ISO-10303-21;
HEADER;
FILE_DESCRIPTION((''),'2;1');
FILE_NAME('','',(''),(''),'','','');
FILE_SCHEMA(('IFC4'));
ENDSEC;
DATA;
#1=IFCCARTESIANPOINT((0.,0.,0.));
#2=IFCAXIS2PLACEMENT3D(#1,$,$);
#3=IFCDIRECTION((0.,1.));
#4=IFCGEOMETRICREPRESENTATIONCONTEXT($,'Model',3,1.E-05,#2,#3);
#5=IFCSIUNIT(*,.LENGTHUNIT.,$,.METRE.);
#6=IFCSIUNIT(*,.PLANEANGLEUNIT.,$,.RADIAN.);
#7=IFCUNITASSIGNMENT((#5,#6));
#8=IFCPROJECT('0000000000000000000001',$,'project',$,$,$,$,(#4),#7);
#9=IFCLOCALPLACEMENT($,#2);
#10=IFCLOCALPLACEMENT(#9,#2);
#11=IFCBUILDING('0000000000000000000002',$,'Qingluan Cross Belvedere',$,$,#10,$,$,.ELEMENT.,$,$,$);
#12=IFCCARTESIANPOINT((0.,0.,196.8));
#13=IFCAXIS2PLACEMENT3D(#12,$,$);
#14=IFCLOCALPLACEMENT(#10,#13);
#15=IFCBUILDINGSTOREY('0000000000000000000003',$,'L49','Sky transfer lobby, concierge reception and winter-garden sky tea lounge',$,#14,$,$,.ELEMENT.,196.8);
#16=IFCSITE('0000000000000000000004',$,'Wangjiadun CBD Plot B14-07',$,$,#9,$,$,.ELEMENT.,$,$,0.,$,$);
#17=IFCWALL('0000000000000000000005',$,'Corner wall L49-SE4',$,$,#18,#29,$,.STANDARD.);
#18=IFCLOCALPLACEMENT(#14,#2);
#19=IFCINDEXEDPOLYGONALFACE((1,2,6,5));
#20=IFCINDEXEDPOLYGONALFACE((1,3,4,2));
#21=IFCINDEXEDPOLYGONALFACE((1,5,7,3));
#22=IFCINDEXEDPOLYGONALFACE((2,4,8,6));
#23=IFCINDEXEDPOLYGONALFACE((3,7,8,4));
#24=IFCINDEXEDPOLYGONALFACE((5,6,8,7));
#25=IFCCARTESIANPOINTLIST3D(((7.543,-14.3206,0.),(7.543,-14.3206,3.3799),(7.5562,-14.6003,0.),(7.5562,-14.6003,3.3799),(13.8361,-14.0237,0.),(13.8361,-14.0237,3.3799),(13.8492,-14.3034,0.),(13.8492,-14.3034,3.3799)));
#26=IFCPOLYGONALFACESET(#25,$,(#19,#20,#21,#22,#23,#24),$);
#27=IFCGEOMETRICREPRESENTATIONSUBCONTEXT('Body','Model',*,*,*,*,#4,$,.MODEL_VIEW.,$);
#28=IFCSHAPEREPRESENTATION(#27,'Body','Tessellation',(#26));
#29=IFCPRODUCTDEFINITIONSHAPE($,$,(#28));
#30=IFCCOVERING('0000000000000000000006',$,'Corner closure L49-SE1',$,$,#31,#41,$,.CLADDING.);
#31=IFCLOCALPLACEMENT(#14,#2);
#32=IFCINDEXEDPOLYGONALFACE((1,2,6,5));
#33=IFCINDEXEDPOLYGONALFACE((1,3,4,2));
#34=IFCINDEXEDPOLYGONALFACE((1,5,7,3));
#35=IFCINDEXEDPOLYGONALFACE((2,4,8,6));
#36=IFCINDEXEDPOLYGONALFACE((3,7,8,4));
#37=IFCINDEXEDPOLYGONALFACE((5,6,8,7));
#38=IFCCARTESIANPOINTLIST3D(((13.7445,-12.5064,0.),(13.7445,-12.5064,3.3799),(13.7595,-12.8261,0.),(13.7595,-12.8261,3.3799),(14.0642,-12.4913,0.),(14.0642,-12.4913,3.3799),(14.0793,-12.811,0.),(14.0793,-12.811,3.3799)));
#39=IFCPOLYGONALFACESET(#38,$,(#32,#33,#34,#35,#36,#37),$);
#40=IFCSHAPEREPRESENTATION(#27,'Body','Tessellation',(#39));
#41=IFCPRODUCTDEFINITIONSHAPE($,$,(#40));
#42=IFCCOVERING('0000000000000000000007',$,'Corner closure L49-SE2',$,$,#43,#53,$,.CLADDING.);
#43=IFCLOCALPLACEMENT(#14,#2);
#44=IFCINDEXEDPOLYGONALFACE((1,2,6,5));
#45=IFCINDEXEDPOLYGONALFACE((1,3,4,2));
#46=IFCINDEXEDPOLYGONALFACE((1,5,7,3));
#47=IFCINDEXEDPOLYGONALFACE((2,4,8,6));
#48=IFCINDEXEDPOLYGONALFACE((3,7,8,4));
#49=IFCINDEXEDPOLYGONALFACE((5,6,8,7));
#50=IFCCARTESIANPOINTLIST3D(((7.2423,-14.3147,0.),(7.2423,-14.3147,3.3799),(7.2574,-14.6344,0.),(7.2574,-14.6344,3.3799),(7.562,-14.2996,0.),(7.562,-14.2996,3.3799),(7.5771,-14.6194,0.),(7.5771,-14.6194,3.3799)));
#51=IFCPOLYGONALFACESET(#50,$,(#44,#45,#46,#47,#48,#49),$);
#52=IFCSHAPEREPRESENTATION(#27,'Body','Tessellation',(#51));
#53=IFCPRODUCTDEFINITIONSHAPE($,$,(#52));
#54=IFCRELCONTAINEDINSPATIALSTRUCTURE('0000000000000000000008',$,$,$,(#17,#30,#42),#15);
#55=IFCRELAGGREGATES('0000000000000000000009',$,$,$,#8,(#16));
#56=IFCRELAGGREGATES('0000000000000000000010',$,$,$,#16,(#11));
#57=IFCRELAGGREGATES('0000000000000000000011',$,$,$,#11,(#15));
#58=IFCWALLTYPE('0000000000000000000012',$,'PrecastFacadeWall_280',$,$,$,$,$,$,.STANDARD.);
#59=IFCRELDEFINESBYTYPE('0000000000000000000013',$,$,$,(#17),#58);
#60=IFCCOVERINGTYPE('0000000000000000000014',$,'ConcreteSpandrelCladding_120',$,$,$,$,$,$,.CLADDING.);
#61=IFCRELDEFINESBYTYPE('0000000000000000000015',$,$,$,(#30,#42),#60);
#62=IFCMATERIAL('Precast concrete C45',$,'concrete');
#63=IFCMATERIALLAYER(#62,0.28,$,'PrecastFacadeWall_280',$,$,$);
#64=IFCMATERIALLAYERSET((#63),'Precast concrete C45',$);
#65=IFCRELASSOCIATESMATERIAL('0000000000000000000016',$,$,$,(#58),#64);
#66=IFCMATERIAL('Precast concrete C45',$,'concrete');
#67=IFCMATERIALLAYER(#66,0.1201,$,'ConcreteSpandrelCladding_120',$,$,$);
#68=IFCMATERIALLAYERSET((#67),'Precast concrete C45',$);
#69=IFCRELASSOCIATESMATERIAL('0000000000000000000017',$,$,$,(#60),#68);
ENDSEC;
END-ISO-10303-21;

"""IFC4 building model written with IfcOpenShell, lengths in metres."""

from ifc_helpers import new_model, si_unit, direction, frame, frame_2d, origin, origin_2d, place, context, subcontext, project, spatial, rectangle, extrude, material, layer, layer_set, type_object, element, save


model = new_model("IFC4")

# Units and contexts
model_context = context("Model", 3, precision=1e-05, world=origin(), true_north=direction((0.0, 1.0)))
body_context = subcontext(model_context, "Body", "Model", "MODEL_VIEW")
ifc_project = project(units=[si_unit("LENGTHUNIT", "METRE"), si_unit("PLANEANGLEUNIT", "RADIAN")], contexts=[model_context])

# Site, building, storey
site_placement = place(None, origin())
site = spatial("IfcSite", under=ifc_project, at=site_placement, Name="Wangjiadun CBD Plot B14-07", CompositionType="ELEMENT", RefElevation=0.0)
building_placement = place(site_placement, origin())
building = spatial("IfcBuilding", under=site, at=building_placement, Name="Qingluan Cross Belvedere", CompositionType="ELEMENT")
storey_placement = place(building_placement, frame((0.0, 0.0, 196.8)))
storey = spatial("IfcBuildingStorey", under=building, at=storey_placement, Name="L49", Description="Sky transfer lobby, concierge reception and winter-garden sky tea lounge", CompositionType="ELEMENT", Elevation=196.8)

# Wall
ifc_material_1 = material(Name="Precast concrete C45", Category="concrete")
ifc_layer_1 = layer(ifc_material_1, 0.28, Name="PrecastFacadeWall_280")
ifc_layer_set_1 = layer_set([ifc_layer_1], Name="Precast concrete C45")
wall_type_1 = type_object("IfcWallType", Name="PrecastFacadeWall_280", PredefinedType="STANDARD", material=ifc_layer_set_1)
wall_1_placement = place(storey_placement, frame((13.8425, -14.1636, 0.0), z_axis=(0.0, 0.0, 1.0), x_axis=(-0.998889, -0.047123, 0.0)))
element("IfcWall", 1, at=wall_1_placement, inside=storey, type_object=wall_type_1, Name="Corner wall L49-SE4", PredefinedType="STANDARD", context=body_context, shape_type="SweptSolid", body=[
    extrude(rectangle(XDim=6.3, YDim=0.28, at=frame_2d((3.1499, 0.0))), origin(), (0.0, 0.0, 1.0), 3.3799),
])

# Coverings
ifc_material_2 = material(Name="Precast concrete C45", Category="concrete")
ifc_layer_2 = layer(ifc_material_2, 0.1201, Name="ConcreteSpandrelCladding_120")
ifc_layer_set_2 = layer_set([ifc_layer_2], Name="Precast concrete C45")
covering_type = type_object("IfcCoveringType", Name="ConcreteSpandrelCladding_120", PredefinedType="CLADDING", material=ifc_layer_set_2)
for number, where, z_axis, x_axis, name in (
    (2, (13.9119, -12.6587, 0.0), (0.0, 0.0, 1.0), (0.99889, 0.047106, 0.0), "Corner closure L49-SE1"),
    (3, (7.4097, -14.467, 0.0), (0.0, 0.0, 1.0), (0.99889, 0.047106, 0.0), "Corner closure L49-SE2"),
):
    element("IfcCovering", number, at=place(storey_placement, frame(where, z_axis=z_axis, x_axis=x_axis)), inside=storey, type_object=covering_type, Name=name, PredefinedType="CLADDING", context=body_context, shape_type="SweptSolid", body=[
        extrude(rectangle(XDim=0.3201, YDim=0.3201, at=origin_2d()), origin(), (0.0, 0.0, 1.0), 3.3799),
    ])

save(model, "model.ifc")
